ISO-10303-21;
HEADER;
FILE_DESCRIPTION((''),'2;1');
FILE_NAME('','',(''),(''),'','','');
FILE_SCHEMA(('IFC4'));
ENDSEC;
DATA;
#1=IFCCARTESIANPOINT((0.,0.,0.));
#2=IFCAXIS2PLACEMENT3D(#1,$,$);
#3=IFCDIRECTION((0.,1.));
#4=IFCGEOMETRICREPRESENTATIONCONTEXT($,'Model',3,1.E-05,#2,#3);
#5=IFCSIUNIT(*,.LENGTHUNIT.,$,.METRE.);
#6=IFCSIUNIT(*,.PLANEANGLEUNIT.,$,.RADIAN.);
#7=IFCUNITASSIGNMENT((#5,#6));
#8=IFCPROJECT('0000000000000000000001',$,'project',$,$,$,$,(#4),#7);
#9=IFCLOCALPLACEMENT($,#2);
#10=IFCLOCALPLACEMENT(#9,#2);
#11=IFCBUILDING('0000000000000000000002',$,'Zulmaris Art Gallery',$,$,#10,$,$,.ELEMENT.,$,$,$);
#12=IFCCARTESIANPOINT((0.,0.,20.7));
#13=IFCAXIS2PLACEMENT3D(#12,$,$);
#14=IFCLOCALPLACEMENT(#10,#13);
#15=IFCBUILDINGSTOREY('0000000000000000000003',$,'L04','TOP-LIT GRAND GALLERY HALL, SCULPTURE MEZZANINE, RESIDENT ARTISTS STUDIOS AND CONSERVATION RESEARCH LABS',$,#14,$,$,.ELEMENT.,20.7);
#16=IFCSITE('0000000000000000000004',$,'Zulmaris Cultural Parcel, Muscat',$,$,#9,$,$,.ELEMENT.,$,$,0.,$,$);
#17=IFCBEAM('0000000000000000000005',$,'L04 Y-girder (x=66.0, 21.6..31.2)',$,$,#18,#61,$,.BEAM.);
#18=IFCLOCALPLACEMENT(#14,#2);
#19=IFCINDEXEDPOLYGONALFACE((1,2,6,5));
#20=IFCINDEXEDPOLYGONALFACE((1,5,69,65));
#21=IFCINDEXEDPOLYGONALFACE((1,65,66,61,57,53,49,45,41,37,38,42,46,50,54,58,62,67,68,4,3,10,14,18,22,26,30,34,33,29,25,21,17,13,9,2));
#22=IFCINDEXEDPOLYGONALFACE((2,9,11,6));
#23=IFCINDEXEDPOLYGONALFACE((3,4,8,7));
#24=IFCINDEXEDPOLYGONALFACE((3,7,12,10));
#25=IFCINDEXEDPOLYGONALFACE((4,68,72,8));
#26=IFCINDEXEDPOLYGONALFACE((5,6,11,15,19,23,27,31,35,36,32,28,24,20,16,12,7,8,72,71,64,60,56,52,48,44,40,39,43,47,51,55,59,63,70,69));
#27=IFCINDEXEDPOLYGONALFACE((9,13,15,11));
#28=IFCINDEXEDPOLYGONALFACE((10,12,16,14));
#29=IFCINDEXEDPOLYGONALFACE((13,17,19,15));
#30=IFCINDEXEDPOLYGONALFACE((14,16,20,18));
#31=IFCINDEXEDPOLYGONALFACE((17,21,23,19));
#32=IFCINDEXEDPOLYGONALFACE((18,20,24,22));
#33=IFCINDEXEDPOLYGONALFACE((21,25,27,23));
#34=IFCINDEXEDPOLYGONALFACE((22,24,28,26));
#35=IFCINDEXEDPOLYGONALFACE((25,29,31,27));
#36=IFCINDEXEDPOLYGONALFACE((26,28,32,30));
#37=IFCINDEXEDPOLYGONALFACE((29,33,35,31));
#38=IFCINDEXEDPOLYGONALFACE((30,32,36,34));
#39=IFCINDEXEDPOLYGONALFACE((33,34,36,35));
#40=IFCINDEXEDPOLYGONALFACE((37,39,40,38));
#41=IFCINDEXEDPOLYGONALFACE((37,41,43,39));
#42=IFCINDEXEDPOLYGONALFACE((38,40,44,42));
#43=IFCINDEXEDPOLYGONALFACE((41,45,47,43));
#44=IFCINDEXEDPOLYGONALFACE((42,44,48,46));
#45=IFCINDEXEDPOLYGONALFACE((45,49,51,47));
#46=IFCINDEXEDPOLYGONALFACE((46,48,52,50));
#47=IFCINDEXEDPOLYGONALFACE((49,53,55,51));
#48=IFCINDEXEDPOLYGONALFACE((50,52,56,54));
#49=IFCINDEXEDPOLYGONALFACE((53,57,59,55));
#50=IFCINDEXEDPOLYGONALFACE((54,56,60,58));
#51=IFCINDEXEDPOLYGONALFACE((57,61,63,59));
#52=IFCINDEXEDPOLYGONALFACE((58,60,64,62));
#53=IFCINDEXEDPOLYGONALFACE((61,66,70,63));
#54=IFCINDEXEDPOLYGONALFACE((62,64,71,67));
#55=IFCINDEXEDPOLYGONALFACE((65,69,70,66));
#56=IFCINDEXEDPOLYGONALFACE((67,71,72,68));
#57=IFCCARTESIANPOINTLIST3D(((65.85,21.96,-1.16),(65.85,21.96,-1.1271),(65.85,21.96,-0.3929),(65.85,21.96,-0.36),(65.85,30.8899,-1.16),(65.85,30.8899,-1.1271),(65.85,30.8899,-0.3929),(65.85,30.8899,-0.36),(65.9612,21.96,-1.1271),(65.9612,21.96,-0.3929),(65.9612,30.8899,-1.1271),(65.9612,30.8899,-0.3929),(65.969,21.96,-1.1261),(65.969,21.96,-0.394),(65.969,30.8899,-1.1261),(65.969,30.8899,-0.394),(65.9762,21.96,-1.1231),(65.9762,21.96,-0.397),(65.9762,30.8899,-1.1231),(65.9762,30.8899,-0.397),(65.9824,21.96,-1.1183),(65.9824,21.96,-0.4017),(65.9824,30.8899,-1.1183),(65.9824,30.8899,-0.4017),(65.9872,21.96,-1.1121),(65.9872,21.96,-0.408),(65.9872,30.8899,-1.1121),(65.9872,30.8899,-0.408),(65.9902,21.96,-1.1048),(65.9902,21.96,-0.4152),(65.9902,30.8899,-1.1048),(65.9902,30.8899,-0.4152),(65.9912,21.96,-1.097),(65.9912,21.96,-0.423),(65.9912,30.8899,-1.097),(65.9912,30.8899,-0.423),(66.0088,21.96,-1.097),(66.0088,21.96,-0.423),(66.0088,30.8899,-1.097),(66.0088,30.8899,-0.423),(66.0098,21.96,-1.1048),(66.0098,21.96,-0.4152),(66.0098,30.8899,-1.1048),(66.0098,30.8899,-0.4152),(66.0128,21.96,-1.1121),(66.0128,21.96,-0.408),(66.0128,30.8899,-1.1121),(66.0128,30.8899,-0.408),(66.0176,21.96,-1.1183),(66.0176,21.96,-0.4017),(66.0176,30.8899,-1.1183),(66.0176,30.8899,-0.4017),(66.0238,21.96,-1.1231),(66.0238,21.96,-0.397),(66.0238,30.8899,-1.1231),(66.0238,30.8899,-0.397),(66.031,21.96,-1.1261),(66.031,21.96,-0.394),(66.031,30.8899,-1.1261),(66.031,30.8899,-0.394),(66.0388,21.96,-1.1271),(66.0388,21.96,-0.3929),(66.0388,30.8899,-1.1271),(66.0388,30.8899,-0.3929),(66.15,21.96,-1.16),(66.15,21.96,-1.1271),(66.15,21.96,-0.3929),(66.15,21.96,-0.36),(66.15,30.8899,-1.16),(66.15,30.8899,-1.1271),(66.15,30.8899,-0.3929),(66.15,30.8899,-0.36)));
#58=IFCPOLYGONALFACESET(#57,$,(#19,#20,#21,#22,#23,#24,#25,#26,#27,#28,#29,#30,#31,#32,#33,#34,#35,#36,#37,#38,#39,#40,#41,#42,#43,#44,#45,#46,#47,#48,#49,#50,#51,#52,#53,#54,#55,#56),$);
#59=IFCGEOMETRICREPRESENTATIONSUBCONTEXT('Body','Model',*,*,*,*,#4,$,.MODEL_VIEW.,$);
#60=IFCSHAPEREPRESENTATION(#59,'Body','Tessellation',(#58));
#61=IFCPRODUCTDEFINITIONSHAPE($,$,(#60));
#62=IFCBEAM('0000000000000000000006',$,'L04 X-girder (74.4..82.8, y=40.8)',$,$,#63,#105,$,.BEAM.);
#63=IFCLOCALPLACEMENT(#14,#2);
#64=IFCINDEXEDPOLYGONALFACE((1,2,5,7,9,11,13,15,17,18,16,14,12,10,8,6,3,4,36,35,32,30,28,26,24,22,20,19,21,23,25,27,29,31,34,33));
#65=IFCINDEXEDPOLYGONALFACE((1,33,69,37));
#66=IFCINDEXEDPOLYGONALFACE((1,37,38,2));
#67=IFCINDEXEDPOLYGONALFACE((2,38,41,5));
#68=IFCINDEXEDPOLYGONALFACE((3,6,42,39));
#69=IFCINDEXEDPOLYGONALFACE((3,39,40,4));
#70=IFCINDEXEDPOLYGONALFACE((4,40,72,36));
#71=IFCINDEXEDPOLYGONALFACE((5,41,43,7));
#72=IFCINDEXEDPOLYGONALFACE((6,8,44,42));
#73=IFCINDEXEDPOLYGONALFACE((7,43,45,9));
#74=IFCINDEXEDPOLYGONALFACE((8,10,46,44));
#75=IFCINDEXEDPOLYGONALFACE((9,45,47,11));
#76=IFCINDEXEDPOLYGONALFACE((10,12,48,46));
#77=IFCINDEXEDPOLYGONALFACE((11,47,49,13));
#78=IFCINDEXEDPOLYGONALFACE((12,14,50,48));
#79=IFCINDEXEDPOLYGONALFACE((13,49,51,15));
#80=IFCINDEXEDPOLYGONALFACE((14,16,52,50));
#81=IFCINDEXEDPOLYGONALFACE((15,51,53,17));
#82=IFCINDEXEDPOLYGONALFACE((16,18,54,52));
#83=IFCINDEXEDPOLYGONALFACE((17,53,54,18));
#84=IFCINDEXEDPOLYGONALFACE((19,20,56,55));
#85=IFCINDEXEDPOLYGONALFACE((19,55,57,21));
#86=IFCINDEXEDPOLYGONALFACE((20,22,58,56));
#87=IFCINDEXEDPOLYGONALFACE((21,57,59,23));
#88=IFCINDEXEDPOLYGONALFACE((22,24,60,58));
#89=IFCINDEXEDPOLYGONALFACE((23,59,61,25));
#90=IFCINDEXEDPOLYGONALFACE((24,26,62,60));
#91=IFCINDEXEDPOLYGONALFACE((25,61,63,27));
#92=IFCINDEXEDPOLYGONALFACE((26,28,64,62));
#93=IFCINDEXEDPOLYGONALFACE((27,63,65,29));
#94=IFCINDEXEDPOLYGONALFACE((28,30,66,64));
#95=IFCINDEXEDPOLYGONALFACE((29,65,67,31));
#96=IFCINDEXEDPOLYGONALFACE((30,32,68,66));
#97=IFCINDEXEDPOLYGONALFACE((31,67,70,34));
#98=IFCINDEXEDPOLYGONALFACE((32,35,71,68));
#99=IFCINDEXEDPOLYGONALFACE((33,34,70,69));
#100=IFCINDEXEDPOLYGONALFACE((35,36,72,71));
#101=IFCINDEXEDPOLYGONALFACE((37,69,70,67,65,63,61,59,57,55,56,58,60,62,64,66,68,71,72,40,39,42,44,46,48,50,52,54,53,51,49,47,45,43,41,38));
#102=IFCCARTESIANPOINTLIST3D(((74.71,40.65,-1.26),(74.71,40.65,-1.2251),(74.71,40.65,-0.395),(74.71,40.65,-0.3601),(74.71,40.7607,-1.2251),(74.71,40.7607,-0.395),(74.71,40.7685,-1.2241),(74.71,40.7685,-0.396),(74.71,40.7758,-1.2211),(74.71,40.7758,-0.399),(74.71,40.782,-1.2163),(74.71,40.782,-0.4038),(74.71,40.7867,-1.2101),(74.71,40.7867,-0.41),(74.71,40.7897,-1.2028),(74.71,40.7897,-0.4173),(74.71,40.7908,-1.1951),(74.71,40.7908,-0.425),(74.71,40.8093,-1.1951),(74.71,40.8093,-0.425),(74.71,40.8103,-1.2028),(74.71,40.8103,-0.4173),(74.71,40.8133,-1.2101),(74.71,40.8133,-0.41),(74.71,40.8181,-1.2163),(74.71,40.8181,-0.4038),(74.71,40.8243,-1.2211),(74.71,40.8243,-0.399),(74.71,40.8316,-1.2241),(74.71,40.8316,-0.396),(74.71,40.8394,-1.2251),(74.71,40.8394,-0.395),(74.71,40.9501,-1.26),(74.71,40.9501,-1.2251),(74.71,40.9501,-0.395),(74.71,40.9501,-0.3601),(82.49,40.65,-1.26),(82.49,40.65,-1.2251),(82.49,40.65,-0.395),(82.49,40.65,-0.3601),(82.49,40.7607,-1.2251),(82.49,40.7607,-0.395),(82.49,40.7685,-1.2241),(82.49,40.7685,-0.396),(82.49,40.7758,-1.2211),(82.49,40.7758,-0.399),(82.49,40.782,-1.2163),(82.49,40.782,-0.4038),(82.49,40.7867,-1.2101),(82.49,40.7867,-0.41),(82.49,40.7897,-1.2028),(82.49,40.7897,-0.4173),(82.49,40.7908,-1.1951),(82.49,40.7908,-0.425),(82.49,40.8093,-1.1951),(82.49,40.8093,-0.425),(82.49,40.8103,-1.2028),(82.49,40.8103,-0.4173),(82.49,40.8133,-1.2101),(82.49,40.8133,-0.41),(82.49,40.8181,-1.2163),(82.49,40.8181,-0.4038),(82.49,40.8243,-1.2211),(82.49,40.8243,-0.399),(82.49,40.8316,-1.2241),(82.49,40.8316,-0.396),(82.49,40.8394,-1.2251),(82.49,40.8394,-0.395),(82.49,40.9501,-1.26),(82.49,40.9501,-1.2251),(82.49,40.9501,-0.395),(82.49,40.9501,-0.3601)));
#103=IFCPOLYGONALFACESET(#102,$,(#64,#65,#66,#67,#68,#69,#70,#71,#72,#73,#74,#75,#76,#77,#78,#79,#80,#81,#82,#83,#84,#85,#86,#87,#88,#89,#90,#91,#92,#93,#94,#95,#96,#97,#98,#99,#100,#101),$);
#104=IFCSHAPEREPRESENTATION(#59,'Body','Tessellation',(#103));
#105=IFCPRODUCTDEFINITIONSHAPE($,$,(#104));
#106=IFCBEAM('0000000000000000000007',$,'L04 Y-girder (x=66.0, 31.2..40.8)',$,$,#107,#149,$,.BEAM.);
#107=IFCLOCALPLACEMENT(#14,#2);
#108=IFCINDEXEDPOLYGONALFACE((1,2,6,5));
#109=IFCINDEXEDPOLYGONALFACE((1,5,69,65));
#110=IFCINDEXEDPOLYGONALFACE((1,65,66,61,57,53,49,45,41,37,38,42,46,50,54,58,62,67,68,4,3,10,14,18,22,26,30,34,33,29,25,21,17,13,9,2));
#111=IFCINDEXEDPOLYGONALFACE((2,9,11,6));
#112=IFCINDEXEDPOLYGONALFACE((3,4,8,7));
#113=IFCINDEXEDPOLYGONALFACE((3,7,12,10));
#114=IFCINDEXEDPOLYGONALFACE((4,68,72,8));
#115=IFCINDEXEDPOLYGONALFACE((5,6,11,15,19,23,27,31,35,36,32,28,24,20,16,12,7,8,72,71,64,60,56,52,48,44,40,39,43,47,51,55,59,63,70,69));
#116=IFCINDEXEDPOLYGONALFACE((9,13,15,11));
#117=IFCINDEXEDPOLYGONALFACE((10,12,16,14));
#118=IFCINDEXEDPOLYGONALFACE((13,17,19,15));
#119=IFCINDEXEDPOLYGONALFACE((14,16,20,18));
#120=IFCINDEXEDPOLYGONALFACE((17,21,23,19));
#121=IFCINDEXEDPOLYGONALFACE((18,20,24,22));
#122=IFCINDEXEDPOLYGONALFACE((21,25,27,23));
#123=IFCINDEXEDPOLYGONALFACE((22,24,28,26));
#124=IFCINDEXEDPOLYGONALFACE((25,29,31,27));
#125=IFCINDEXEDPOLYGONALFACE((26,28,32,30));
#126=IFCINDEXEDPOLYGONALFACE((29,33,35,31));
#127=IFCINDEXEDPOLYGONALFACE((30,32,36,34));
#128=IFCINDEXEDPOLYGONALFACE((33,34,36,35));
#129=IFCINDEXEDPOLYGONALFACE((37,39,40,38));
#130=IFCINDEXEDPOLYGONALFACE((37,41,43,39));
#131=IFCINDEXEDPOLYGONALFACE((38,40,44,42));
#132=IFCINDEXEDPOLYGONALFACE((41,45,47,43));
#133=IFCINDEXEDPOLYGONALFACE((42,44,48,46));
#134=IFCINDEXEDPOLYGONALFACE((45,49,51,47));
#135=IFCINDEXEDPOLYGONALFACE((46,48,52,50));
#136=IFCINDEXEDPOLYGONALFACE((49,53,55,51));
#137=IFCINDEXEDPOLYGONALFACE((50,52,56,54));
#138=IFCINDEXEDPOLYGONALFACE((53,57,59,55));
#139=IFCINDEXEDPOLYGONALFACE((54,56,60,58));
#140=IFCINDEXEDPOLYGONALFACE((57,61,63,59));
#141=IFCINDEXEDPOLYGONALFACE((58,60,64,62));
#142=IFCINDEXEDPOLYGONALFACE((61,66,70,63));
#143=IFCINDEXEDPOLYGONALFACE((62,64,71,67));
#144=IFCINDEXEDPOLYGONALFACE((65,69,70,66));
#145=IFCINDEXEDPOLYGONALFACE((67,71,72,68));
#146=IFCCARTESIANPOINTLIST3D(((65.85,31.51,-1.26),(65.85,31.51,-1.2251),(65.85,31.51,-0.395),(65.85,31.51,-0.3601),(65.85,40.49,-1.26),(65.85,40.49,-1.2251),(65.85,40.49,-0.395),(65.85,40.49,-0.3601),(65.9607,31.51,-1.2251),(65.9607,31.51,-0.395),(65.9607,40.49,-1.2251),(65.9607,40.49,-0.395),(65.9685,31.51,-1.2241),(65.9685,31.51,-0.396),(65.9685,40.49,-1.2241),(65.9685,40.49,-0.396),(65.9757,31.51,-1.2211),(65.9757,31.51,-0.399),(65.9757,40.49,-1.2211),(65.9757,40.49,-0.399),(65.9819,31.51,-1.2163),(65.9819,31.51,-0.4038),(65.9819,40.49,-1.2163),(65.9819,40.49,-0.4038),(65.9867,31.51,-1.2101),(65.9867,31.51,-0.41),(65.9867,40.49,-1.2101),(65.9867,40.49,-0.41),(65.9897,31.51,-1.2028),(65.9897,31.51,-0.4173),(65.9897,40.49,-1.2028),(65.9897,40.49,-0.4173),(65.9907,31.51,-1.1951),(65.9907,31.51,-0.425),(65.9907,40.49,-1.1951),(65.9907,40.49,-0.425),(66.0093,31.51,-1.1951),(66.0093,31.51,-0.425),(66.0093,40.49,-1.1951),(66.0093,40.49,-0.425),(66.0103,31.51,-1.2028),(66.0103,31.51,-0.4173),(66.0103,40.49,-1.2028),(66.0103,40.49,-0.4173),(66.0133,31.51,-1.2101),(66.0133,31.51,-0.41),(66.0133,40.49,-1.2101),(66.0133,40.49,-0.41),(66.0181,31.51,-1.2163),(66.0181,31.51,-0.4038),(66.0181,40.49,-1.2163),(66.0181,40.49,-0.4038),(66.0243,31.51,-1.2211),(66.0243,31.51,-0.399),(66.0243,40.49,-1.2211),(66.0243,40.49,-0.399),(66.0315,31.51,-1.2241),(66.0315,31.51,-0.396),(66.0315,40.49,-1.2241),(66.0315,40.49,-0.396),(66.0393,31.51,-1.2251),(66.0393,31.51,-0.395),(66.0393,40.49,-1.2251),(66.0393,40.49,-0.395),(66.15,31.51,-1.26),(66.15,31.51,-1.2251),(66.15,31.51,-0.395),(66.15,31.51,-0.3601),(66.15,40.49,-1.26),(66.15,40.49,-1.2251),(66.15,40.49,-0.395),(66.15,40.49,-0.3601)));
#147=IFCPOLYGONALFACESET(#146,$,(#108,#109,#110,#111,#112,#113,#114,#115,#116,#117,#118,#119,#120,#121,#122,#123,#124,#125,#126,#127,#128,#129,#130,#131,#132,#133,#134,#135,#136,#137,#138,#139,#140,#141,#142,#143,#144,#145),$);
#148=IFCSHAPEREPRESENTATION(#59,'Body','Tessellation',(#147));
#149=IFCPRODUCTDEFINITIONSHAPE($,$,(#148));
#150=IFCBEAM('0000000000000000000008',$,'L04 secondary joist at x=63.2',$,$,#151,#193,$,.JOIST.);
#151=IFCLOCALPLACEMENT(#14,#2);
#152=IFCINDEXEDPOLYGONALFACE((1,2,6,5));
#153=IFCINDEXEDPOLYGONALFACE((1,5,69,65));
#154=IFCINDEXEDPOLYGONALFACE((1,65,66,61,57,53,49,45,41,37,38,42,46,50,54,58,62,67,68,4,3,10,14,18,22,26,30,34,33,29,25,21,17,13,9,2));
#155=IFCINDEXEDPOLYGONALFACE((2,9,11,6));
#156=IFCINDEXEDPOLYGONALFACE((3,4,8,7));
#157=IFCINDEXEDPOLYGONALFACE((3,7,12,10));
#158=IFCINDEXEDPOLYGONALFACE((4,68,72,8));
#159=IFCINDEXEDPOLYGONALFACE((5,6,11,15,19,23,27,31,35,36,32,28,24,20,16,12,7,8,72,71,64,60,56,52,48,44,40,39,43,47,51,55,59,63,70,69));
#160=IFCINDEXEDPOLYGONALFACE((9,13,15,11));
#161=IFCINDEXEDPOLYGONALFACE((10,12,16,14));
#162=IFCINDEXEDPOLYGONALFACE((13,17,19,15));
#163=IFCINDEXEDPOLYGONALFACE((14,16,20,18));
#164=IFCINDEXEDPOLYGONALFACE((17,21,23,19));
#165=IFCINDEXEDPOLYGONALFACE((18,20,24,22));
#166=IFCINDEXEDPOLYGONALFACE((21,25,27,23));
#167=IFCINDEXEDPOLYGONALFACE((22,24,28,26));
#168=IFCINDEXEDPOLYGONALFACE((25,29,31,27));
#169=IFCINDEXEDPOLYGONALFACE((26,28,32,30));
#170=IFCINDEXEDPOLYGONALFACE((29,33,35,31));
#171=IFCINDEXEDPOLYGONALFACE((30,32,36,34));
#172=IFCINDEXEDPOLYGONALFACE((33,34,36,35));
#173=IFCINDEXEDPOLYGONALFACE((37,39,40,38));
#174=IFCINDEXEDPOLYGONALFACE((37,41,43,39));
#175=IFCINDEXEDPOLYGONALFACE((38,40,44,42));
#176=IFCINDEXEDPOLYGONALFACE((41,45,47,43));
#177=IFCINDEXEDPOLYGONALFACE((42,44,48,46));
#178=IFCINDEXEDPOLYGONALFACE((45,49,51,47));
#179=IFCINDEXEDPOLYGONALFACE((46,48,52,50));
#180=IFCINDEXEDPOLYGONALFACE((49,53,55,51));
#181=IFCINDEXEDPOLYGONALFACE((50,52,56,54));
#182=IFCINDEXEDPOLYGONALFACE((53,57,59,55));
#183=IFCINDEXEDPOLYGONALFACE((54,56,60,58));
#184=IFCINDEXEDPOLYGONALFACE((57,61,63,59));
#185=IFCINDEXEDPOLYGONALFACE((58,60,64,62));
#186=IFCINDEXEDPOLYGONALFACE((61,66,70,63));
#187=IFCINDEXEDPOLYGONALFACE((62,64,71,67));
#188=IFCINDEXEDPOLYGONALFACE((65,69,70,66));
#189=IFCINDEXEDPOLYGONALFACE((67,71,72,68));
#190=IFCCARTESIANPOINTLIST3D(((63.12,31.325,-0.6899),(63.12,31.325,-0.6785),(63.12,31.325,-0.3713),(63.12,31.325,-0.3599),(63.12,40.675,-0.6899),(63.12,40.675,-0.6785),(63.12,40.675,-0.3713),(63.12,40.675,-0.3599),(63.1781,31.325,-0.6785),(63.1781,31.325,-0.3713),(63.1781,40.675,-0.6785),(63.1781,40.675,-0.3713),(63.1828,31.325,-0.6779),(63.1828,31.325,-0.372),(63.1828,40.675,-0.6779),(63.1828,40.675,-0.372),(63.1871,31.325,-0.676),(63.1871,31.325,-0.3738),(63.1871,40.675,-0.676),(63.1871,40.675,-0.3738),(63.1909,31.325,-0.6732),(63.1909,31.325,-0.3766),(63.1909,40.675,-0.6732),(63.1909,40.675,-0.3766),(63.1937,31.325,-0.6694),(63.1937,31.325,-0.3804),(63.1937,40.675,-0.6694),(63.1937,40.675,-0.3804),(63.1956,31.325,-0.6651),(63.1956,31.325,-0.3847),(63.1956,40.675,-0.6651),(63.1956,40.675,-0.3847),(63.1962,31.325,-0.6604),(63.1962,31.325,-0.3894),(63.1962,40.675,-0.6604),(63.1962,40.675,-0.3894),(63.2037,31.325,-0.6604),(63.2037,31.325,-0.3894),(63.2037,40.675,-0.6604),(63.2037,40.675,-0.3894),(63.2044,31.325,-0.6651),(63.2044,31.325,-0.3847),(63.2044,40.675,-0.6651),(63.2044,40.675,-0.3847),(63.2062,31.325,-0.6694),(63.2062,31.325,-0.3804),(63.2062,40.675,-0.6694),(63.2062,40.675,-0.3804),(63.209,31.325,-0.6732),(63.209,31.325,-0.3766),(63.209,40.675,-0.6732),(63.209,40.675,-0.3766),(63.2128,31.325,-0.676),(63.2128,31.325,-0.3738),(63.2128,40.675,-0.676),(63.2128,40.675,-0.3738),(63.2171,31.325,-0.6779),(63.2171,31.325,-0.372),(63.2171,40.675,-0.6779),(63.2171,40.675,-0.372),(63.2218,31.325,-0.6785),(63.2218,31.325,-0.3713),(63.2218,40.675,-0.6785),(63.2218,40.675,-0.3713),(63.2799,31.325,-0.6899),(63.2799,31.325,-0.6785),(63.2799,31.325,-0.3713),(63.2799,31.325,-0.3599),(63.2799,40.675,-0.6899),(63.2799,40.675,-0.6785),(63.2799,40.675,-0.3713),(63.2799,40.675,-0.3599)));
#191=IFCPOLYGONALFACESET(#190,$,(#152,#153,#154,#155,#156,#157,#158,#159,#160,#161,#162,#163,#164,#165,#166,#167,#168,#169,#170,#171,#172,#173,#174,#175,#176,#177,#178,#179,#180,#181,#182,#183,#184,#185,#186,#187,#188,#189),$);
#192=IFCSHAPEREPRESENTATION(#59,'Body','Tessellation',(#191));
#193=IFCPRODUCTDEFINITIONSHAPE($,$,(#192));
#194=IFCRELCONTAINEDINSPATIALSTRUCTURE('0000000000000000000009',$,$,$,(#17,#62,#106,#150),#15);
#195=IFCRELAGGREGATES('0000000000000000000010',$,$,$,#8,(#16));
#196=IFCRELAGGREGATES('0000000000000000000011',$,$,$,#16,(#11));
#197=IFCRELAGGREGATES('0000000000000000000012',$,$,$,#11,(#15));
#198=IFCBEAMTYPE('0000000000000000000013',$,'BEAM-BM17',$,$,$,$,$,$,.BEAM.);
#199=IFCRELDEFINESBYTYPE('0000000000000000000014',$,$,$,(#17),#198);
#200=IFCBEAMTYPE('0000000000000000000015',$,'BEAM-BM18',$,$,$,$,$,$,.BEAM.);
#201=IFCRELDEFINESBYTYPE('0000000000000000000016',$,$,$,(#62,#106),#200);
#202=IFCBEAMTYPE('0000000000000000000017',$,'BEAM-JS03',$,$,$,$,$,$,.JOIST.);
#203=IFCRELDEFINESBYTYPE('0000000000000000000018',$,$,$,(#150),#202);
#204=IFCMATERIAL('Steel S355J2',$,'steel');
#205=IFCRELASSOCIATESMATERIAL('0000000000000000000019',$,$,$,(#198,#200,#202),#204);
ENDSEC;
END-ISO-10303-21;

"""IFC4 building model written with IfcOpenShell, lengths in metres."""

from ifc_helpers import new_model, si_unit, direction, frame, origin, origin_2d, place, context, subcontext, project, spatial, i_section, extrude, material, material_profile, profile_set, type_object, element, save


model = new_model("IFC4")

# Units and contexts
model_context = context("Model", 3, precision=1e-05, world=origin(), true_north=direction((0.0, 1.0)))
body_context = subcontext(model_context, "Body", "Model", "MODEL_VIEW")
ifc_project = project(units=[si_unit("LENGTHUNIT", "METRE"), si_unit("PLANEANGLEUNIT", "RADIAN")], contexts=[model_context])

# Site, building, storey
site_placement = place(None, origin())
site = spatial("IfcSite", under=ifc_project, at=site_placement, Name="Zulmaris Cultural Parcel, Muscat", CompositionType="ELEMENT", RefElevation=0.0)
building_placement = place(site_placement, origin())
building = spatial("IfcBuilding", under=site, at=building_placement, Name="Zulmaris Art Gallery", CompositionType="ELEMENT")
storey_placement = place(building_placement, frame((0.0, 0.0, 20.7)))
storey = spatial("IfcBuildingStorey", under=building, at=storey_placement, Name="L04", Description="TOP-LIT GRAND GALLERY HALL, SCULPTURE MEZZANINE, RESIDENT ARTISTS STUDIOS AND CONSERVATION RESEARCH LABS", CompositionType="ELEMENT", Elevation=20.7)

# Beams
ifc_material_1 = material(Name="Steel S355J2", Category="steel")
ifc_material_profile_1 = material_profile(ifc_material_1, i_section(OverallWidth=0.3, OverallDepth=0.8, WebThickness=0.0176, FlangeThickness=0.033, FilletRadius=0.03, at=origin_2d()), Name="HEB 800")
ifc_profile_set_1 = profile_set([ifc_material_profile_1], Name="Steel S355J2")
beam_type_1 = type_object("IfcBeamType", Name="BEAM-BM17", PredefinedType="BEAM", material=ifc_profile_set_1)
beam_1_placement = place(storey_placement, frame((66.0, 21.96, -0.76), z_axis=(0.0, 1.0, 0.0), x_axis=(-1.0, 0.0, 0.0)))
element("IfcBeam", 1, at=beam_1_placement, inside=storey, type_object=beam_type_1, Name="L04 Y-girder (x=66.0, 21.6..31.2)", PredefinedType="BEAM", context=body_context, shape_type="SweptSolid", body=[
    extrude(i_section(OverallWidth=0.3, OverallDepth=0.8, WebThickness=0.0176, FlangeThickness=0.033, FilletRadius=0.03, at=origin_2d()), origin(), (0.0, 0.0, 1.0), 8.9299),
])
ifc_material_profile_2 = material_profile(ifc_material_1, i_section(OverallWidth=0.3, OverallDepth=0.8999, WebThickness=0.0186, FlangeThickness=0.0349, FilletRadius=0.03, at=origin_2d()), Name="HEB 900")
ifc_profile_set_2 = profile_set([ifc_material_profile_2], Name="Steel S355J2")
beam_type_2 = type_object("IfcBeamType", Name="BEAM-BM18", PredefinedType="BEAM", material=ifc_profile_set_2)
beam_2_placement = place(storey_placement, frame((74.71, 40.8, -0.8101), z_axis=(1.0, 0.0, 0.0), x_axis=(0.0, 1.0, 0.0)))
element("IfcBeam", 2, at=beam_2_placement, inside=storey, type_object=beam_type_2, Name="L04 X-girder (74.4..82.8, y=40.8)", PredefinedType="BEAM", context=body_context, shape_type="SweptSolid", body=[
    extrude(i_section(OverallWidth=0.3, OverallDepth=0.8999, WebThickness=0.0186, FlangeThickness=0.0349, FilletRadius=0.03, at=origin_2d()), origin(), (0.0, 0.0, 1.0), 7.78),
])
beam_3_placement = place(storey_placement, frame((66.0, 31.51, -0.8101), z_axis=(0.0, 1.0, 0.0), x_axis=(-1.0, 0.0, 0.0)))
element("IfcBeam", 3, at=beam_3_placement, inside=storey, type_object=beam_type_2, Name="L04 Y-girder (x=66.0, 31.2..40.8)", PredefinedType="BEAM", context=body_context, shape_type="SweptSolid", body=[
    extrude(i_section(OverallWidth=0.3, OverallDepth=0.8999, WebThickness=0.0186, FlangeThickness=0.0349, FilletRadius=0.03, at=origin_2d()), origin(), (0.0, 0.0, 1.0), 8.98),
])
ifc_material_profile_3 = material_profile(ifc_material_1, i_section(OverallWidth=0.1599, OverallDepth=0.3301, WebThickness=0.0076, FlangeThickness=0.0115, FilletRadius=0.0181, at=origin_2d()), Name="IPE 330")
ifc_profile_set_3 = profile_set([ifc_material_profile_3], Name="Steel S355J2")
beam_type_3 = type_object("IfcBeamType", Name="BEAM-JS03", PredefinedType="JOIST", material=ifc_profile_set_3)
for number, where, z_axis, x_axis, name in (
    (4, (63.2, 31.325, -0.5249), (0.0, 1.0, 0.0), (-1.0, 0.0, 0.0), "L04 secondary joist at x=63.2"),
):
    element("IfcBeam", number, at=place(storey_placement, frame(where, z_axis=z_axis, x_axis=x_axis)), inside=storey, type_object=beam_type_3, Name=name, PredefinedType="JOIST", context=body_context, shape_type="SweptSolid", body=[
        extrude(i_section(OverallWidth=0.1599, OverallDepth=0.3301, WebThickness=0.0076, FlangeThickness=0.0115, FilletRadius=0.0181, at=origin_2d()), origin(), (0.0, 0.0, 1.0), 9.3501),
    ])

save(model, "model.ifc")
